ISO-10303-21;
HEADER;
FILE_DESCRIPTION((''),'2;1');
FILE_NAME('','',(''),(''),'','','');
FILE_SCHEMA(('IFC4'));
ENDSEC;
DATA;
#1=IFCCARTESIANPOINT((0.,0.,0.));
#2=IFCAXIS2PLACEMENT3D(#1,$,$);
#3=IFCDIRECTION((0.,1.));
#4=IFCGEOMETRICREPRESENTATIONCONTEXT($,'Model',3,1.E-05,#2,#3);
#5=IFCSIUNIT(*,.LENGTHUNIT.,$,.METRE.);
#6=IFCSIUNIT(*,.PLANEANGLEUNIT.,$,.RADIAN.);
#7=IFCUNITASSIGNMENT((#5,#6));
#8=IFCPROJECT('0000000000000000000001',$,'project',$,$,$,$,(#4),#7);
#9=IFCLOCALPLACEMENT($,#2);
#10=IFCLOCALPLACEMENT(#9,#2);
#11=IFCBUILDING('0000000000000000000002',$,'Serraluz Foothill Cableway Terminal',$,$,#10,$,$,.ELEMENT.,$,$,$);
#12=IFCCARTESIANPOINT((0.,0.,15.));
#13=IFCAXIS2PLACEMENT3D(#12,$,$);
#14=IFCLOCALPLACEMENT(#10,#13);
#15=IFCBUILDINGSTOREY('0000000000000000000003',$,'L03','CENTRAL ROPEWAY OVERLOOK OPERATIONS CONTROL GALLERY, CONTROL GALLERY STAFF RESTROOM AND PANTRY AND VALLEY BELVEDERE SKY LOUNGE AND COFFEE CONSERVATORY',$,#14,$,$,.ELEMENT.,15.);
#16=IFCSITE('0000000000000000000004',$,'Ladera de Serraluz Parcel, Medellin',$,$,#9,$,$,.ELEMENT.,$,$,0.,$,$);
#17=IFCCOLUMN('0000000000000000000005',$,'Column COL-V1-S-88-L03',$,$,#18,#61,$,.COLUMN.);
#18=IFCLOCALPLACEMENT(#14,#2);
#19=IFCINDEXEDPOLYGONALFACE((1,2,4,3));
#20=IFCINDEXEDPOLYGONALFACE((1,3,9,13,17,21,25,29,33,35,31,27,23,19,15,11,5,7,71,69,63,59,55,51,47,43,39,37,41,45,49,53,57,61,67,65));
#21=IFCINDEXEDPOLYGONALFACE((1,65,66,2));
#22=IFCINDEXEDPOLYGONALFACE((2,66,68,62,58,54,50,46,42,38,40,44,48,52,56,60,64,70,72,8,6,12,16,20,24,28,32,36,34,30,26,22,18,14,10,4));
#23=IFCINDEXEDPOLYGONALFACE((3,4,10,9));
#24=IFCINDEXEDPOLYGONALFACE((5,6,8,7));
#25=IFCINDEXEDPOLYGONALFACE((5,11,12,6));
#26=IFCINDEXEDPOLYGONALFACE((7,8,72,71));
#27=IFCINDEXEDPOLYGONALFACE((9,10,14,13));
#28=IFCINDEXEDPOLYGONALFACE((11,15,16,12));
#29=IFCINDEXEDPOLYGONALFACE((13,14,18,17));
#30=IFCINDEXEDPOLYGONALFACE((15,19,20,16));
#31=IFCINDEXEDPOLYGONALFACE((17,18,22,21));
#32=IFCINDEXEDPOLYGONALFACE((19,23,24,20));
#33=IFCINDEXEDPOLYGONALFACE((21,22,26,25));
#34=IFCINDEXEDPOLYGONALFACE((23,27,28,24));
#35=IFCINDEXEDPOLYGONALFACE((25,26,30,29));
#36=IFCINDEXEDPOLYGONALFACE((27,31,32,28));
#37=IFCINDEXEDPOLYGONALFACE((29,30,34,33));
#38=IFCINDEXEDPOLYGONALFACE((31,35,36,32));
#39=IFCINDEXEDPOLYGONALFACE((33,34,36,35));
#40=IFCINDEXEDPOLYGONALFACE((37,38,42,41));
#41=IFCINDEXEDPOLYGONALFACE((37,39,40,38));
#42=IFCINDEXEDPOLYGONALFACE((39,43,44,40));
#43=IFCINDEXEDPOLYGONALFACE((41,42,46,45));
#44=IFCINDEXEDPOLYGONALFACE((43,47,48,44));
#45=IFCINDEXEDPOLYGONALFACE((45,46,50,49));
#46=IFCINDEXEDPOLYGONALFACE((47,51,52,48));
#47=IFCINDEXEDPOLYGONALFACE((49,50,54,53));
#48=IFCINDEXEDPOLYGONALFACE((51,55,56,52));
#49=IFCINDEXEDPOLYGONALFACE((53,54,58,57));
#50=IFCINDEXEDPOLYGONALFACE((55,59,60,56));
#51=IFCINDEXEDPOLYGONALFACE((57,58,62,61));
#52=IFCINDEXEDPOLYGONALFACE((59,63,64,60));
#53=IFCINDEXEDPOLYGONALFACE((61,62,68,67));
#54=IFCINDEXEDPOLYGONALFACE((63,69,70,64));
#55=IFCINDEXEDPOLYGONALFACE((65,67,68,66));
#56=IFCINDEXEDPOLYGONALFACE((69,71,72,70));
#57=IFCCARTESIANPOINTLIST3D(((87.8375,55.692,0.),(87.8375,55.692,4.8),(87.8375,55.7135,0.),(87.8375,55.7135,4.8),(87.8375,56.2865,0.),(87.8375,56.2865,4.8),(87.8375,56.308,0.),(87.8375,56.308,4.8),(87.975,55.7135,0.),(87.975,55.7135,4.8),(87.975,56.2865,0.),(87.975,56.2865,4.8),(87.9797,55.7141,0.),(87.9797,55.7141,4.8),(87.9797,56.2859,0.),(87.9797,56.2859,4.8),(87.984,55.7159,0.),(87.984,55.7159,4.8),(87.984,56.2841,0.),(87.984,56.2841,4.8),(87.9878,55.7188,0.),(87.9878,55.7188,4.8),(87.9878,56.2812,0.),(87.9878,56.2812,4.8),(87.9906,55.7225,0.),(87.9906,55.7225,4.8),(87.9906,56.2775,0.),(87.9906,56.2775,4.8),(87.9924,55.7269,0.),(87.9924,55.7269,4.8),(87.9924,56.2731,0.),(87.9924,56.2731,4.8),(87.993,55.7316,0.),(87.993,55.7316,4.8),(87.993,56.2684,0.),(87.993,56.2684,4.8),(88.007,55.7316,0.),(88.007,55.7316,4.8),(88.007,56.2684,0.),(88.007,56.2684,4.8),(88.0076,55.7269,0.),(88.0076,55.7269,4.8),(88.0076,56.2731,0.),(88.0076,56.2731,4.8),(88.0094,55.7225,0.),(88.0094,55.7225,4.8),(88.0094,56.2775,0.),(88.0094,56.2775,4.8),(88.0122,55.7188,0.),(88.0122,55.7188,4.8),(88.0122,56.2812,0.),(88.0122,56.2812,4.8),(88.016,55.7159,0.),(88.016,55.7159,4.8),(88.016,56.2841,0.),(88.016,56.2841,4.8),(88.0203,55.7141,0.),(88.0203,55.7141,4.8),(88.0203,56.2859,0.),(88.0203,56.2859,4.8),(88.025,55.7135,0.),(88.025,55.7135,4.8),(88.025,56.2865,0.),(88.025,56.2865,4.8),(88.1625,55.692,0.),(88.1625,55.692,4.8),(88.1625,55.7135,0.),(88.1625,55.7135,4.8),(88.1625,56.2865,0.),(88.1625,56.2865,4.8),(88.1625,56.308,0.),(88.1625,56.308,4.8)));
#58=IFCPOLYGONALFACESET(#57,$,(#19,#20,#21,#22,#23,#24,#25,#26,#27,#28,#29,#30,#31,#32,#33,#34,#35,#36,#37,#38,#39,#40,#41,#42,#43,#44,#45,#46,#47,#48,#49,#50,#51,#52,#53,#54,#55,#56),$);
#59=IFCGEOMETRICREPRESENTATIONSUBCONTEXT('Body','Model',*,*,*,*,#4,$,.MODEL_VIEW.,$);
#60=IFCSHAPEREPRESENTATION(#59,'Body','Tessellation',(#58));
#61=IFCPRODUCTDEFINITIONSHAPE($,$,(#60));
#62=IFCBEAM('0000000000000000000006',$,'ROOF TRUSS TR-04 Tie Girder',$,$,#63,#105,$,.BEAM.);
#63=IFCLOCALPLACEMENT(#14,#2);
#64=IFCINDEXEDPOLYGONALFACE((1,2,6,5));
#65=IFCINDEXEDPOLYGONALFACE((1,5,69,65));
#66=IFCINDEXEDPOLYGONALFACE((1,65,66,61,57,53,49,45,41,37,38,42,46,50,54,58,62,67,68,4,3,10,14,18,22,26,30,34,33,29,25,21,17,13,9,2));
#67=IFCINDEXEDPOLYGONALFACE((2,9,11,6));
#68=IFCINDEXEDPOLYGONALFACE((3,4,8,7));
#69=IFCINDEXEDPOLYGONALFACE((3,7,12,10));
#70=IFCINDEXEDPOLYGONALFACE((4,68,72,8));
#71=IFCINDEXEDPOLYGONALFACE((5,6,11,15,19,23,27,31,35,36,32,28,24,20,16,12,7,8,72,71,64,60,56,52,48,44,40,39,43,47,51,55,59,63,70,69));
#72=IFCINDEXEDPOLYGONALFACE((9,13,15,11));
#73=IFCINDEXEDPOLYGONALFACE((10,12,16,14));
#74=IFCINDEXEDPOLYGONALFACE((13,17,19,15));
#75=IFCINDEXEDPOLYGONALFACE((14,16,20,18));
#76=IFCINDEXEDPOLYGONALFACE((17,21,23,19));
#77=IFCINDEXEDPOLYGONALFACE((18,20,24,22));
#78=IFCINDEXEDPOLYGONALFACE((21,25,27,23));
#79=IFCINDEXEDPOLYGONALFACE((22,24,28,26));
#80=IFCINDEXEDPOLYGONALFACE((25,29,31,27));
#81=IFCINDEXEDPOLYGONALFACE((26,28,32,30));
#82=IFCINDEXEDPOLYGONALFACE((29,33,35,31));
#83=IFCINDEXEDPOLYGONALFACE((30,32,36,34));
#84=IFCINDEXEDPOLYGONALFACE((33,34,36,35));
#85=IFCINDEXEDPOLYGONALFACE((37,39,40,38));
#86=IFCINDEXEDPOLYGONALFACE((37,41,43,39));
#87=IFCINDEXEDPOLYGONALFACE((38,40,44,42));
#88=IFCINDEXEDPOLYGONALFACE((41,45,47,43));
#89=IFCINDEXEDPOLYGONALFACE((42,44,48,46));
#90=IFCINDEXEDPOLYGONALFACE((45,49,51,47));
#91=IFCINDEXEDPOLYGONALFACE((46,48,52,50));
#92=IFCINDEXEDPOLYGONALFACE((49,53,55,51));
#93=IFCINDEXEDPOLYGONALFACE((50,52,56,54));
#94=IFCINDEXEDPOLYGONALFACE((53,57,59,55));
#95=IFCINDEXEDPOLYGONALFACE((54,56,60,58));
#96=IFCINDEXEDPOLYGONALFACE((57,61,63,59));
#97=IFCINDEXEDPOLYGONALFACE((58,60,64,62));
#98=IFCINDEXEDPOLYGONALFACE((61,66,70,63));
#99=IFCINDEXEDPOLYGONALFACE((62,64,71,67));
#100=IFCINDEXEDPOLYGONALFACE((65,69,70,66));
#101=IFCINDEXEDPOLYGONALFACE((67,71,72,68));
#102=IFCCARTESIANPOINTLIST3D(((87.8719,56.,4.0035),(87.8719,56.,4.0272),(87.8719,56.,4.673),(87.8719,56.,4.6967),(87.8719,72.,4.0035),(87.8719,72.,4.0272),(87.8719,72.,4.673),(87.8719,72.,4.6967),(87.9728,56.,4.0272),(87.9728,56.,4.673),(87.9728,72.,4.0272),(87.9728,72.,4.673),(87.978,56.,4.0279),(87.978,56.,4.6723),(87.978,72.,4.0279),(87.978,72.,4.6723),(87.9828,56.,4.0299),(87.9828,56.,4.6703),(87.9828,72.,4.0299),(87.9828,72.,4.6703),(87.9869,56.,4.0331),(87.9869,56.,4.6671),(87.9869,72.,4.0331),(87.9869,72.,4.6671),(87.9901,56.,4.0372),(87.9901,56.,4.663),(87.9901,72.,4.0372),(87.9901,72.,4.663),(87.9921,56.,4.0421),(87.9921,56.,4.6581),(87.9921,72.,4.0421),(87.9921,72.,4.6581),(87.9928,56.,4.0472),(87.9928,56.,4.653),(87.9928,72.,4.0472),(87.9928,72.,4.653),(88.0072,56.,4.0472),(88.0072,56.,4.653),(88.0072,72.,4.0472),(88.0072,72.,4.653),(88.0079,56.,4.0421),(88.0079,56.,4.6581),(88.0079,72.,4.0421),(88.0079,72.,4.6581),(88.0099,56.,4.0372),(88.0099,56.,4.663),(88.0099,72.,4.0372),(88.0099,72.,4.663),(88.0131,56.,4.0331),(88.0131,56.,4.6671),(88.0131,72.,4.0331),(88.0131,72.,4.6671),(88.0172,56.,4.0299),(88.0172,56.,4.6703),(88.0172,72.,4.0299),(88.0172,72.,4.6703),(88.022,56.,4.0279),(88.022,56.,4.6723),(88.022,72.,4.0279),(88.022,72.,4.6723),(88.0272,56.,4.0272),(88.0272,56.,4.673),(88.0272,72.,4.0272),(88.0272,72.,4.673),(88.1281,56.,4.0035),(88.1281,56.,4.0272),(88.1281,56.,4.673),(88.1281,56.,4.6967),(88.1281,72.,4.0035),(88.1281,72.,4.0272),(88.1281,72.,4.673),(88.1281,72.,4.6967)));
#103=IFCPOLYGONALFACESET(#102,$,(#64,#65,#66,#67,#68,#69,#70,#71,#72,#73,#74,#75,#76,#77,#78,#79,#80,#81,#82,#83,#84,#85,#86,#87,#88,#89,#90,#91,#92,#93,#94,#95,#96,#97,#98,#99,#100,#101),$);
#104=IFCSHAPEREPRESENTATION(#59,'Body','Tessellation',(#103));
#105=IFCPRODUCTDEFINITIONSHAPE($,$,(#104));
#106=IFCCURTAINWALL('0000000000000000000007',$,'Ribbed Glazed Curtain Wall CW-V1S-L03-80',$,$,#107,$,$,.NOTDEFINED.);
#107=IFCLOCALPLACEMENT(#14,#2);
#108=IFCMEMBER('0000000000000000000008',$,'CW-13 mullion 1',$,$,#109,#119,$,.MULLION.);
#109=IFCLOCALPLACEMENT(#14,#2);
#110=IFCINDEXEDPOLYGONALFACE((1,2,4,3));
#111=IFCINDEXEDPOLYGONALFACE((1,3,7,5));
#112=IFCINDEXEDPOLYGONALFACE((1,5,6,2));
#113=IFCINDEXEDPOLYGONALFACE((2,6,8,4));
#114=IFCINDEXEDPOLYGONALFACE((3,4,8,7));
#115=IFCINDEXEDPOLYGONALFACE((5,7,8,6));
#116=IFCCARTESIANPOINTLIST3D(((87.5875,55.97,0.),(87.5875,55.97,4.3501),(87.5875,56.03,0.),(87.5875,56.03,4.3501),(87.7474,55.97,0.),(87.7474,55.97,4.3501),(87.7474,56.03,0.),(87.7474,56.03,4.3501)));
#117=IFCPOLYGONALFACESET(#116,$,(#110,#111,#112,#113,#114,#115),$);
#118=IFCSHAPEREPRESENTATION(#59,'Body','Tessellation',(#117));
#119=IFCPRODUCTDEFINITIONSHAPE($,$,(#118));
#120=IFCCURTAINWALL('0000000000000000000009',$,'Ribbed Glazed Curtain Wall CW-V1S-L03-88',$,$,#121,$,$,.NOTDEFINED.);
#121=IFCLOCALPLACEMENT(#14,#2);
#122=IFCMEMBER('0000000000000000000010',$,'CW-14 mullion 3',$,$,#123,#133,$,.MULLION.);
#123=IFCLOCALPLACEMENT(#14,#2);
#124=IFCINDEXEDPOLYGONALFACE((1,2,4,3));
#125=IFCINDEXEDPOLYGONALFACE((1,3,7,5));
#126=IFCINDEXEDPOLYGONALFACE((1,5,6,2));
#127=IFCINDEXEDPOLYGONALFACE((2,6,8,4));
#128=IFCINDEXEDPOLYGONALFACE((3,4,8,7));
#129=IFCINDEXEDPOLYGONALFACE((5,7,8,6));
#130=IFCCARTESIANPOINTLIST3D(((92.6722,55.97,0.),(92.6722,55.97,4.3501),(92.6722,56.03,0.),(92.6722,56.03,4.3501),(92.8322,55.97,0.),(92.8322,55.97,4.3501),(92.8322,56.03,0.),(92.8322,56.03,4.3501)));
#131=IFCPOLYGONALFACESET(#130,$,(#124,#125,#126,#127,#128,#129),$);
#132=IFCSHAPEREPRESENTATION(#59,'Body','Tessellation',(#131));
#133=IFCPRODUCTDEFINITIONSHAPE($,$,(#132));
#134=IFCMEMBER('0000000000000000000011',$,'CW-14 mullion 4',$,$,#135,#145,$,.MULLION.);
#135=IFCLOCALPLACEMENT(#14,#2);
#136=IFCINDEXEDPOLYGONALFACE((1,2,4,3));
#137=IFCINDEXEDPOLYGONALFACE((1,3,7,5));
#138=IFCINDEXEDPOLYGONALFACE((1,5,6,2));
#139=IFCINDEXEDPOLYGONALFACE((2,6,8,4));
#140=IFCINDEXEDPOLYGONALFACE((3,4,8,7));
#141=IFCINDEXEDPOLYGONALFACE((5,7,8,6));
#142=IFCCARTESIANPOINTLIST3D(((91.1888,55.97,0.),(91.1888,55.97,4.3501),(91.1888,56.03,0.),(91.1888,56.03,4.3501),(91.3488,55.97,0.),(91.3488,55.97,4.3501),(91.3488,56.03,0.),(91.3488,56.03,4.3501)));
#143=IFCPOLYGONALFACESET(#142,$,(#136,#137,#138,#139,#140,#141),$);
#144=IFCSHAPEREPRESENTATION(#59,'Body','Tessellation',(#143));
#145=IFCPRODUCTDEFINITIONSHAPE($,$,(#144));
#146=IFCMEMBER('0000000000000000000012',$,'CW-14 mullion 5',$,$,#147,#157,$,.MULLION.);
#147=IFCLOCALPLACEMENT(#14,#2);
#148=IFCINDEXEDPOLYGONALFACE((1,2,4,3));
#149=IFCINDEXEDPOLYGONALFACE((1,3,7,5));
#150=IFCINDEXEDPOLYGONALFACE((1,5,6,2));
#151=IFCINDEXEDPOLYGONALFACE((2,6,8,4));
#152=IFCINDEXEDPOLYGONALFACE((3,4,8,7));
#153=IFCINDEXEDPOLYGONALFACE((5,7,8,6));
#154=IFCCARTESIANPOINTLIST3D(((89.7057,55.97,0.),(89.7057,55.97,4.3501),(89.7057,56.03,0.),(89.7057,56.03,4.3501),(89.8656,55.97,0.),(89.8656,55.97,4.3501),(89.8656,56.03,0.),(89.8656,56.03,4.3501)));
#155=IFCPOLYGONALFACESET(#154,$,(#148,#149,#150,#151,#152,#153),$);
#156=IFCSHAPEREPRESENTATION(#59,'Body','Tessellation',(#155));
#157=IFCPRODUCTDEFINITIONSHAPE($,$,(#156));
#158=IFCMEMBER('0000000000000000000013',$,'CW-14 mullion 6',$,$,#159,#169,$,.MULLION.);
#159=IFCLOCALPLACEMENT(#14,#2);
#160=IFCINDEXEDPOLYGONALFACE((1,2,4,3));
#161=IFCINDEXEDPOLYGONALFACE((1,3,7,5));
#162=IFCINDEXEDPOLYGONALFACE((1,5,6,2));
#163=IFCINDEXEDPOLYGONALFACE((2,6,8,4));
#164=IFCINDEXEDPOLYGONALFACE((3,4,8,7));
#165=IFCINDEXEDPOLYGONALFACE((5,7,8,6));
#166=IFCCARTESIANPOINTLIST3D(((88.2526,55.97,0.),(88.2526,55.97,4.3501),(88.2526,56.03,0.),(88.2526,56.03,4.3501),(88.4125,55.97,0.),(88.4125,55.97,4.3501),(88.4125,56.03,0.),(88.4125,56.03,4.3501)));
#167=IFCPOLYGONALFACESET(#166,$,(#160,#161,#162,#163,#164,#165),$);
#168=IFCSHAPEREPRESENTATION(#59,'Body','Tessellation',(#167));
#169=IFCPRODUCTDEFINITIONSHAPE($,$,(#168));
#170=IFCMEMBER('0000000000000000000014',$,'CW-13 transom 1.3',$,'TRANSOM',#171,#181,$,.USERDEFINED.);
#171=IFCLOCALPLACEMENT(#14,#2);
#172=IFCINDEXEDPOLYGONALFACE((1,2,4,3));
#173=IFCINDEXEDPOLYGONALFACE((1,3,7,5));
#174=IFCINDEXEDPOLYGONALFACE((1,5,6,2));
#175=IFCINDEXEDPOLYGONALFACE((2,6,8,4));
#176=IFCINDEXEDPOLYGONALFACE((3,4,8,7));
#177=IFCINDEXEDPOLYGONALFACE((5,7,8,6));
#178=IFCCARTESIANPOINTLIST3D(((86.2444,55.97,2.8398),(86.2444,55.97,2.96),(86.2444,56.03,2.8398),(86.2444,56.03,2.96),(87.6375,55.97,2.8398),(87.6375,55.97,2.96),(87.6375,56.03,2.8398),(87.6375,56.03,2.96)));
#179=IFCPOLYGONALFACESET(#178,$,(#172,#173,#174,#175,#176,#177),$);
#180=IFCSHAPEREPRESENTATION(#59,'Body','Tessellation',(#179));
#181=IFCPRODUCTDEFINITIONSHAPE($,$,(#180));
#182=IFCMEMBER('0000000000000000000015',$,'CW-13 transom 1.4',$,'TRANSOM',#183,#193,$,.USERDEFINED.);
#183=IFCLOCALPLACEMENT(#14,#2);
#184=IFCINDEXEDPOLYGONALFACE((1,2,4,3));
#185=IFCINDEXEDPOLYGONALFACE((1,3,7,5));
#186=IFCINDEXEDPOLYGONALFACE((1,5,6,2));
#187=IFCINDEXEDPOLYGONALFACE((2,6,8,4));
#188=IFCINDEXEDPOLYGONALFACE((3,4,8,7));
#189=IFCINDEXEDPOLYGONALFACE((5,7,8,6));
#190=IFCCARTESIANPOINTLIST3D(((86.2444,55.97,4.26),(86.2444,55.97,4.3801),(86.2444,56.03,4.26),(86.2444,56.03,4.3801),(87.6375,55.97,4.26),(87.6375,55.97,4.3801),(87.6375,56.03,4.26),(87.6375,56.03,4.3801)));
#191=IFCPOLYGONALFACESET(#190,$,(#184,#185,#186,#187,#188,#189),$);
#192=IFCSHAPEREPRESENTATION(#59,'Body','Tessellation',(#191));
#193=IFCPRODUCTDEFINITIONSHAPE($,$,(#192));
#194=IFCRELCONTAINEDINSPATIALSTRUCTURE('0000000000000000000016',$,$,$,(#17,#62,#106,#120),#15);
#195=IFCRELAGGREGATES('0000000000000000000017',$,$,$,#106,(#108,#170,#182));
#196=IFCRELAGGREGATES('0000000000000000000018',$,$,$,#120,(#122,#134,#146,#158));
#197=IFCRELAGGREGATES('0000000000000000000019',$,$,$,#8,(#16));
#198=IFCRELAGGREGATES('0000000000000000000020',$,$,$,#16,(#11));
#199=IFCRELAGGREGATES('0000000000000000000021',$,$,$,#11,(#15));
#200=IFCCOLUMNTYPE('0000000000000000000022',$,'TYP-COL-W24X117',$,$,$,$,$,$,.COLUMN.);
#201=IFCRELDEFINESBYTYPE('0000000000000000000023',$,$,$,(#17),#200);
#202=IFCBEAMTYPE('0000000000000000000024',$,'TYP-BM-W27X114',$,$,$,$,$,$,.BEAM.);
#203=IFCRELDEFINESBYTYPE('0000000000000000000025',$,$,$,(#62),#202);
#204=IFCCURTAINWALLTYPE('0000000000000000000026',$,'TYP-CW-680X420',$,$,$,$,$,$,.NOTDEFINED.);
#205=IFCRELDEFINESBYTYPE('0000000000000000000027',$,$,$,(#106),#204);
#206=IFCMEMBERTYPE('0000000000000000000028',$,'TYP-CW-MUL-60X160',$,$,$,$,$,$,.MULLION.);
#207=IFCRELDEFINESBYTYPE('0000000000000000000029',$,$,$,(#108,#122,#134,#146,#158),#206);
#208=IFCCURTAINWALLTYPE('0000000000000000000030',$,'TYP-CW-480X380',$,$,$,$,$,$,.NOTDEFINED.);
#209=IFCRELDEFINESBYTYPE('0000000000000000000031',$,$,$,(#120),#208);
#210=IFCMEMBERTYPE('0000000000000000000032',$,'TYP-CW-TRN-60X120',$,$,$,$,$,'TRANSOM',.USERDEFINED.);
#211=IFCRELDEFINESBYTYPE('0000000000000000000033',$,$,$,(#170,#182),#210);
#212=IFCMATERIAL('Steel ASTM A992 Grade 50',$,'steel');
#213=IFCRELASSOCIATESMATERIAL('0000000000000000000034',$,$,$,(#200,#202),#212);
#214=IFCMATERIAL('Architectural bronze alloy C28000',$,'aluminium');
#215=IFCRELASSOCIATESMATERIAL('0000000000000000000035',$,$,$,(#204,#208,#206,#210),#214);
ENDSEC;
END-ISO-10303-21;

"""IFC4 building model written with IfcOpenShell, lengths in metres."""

from ifc_helpers import new_model, si_unit, direction, frame, origin, origin_2d, place, context, subcontext, project, spatial, rectangle, i_section, extrude, material, material_profile, profile_set, type_object, element, aggregate, save


model = new_model("IFC4")

# Units and contexts
model_context = context("Model", 3, precision=1e-05, world=origin(), true_north=direction((0.0, 1.0)))
body_context = subcontext(model_context, "Body", "Model", "MODEL_VIEW")
ifc_project = project(units=[si_unit("LENGTHUNIT", "METRE"), si_unit("PLANEANGLEUNIT", "RADIAN")], contexts=[model_context])

# Site, building, storey
site_placement = place(None, origin())
site = spatial("IfcSite", under=ifc_project, at=site_placement, Name="Ladera de Serraluz Parcel, Medellin", CompositionType="ELEMENT", RefElevation=0.0)
building_placement = place(site_placement, origin())
building = spatial("IfcBuilding", under=site, at=building_placement, Name="Serraluz Foothill Cableway Terminal", CompositionType="ELEMENT")
storey_placement = place(building_placement, frame((0.0, 0.0, 15.0)))
storey = spatial("IfcBuildingStorey", under=building, at=storey_placement, Name="L03", Description="CENTRAL ROPEWAY OVERLOOK OPERATIONS CONTROL GALLERY, CONTROL GALLERY STAFF RESTROOM AND PANTRY AND VALLEY BELVEDERE SKY LOUNGE AND COFFEE CONSERVATORY", CompositionType="ELEMENT", Elevation=15.0)

# Column
ifc_material_1 = material(Name="Steel ASTM A992 Grade 50", Category="steel")
ifc_material_profile_1 = material_profile(ifc_material_1, i_section(OverallWidth=0.325, OverallDepth=0.616, WebThickness=0.0139, FlangeThickness=0.0215, FilletRadius=0.0181, at=origin_2d()), Name="W24X117")
ifc_profile_set_1 = profile_set([ifc_material_profile_1], Name="Steel ASTM A992 Grade 50")
column_type = type_object("IfcColumnType", Name="TYP-COL-W24X117", PredefinedType="COLUMN", material=ifc_profile_set_1)
column_placement = place(storey_placement, frame((88.0, 56.0, 0.0), z_axis=(0.0, 0.0, 1.0), x_axis=(1.0, 0.0, 0.0)))
element("IfcColumn", 1, at=column_placement, inside=storey, type_object=column_type, Name="Column COL-V1-S-88-L03", PredefinedType="COLUMN", context=body_context, shape_type="SweptSolid", body=[
    extrude(i_section(OverallWidth=0.325, OverallDepth=0.616, WebThickness=0.0139, FlangeThickness=0.0215, FilletRadius=0.0181, at=origin_2d()), origin(), (0.0, 0.0, 1.0), 4.8),
])

# Beam
ifc_material_profile_2 = material_profile(ifc_material_1, i_section(OverallWidth=0.2561, OverallDepth=0.6931, WebThickness=0.0144, FlangeThickness=0.0237, FilletRadius=0.02, at=origin_2d()), Name="W27X114")
ifc_profile_set_2 = profile_set([ifc_material_profile_2], Name="Steel ASTM A992 Grade 50")
beam_type_1 = type_object("IfcBeamType", Name="TYP-BM-W27X114", PredefinedType="BEAM", material=ifc_profile_set_2)
beam_1_placement = place(storey_placement, frame((88.0, 56.0, 4.3501), z_axis=(0.0, 1.0, 0.0), x_axis=(-1.0, 0.0, 0.0)))
element("IfcBeam", 2, at=beam_1_placement, inside=storey, type_object=beam_type_1, Name="ROOF TRUSS TR-04 Tie Girder", PredefinedType="BEAM", context=body_context, shape_type="SweptSolid", body=[
    extrude(i_section(OverallWidth=0.2561, OverallDepth=0.6931, WebThickness=0.0144, FlangeThickness=0.0237, FilletRadius=0.02, at=origin_2d()), origin(), (0.0, 0.0, 1.0), 16.0),
])

# Curtain wall, member
ifc_material_2 = material(Name="Architectural bronze alloy C28000", Category="aluminium")
curtain_wall_type_1 = type_object("IfcCurtainWallType", Name="TYP-CW-680X420", PredefinedType="NOTDEFINED", material=ifc_material_2)
curtain_wall_1_placement = place(storey_placement, origin())
curtain_wall_1 = element("IfcCurtainWall", 3, at=curtain_wall_1_placement, inside=storey, type_object=curtain_wall_type_1, Name="Ribbed Glazed Curtain Wall CW-V1S-L03-80", PredefinedType="NOTDEFINED")
ifc_material_profile_3 = material_profile(ifc_material_2, rectangle(XDim=0.0601, YDim=0.1599, at=origin_2d()), Name="ALU MULLION 60x160")
ifc_profile_set_3 = profile_set([ifc_material_profile_3], Name="Architectural bronze alloy C28000")
member_type_1 = type_object("IfcMemberType", Name="TYP-CW-MUL-60X160", PredefinedType="MULLION", material=ifc_profile_set_3)
member_1_placement = place(storey_placement, frame((87.6675, 56.0, 0.0), z_axis=(0.0, 0.0, 1.0), x_axis=(0.0, -1.0, 0.0)))
member_1 = element("IfcMember", 4, at=member_1_placement, type_object=member_type_1, Name="CW-13 mullion 1", PredefinedType="MULLION", context=body_context, shape_type="SweptSolid", body=[
    extrude(rectangle(XDim=0.0601, YDim=0.1599, at=origin_2d()), origin(), (0.0, 0.0, 1.0), 4.3501),
])

# Curtain wall, members
curtain_wall_type_2 = type_object("IfcCurtainWallType", Name="TYP-CW-480X380", PredefinedType="NOTDEFINED", material=ifc_material_2)
curtain_wall_2_placement = place(storey_placement, origin())
curtain_wall_2 = element("IfcCurtainWall", 5, at=curtain_wall_2_placement, inside=storey, type_object=curtain_wall_type_2, Name="Ribbed Glazed Curtain Wall CW-V1S-L03-88", PredefinedType="NOTDEFINED")
member_2_placement = place(storey_placement, frame((92.7522, 56.0, 0.0), z_axis=(0.0, 0.0, 1.0), x_axis=(0.0, -1.0, 0.0)))
member_2 = element("IfcMember", 6, at=member_2_placement, type_object=member_type_1, Name="CW-14 mullion 3", PredefinedType="MULLION", context=body_context, shape_type="SweptSolid", body=[
    extrude(rectangle(XDim=0.0601, YDim=0.1599, at=origin_2d()), origin(), (0.0, 0.0, 1.0), 4.3501),
])
member_3_placement = place(storey_placement, frame((91.2688, 56.0, 0.0), z_axis=(0.0, 0.0, 1.0), x_axis=(0.0, -1.0, 0.0)))
member_3 = element("IfcMember", 7, at=member_3_placement, type_object=member_type_1, Name="CW-14 mullion 4", PredefinedType="MULLION", context=body_context, shape_type="SweptSolid", body=[
    extrude(rectangle(XDim=0.0601, YDim=0.1599, at=origin_2d()), origin(), (0.0, 0.0, 1.0), 4.3501),
])
member_4_placement = place(storey_placement, frame((89.7856, 56.0, 0.0), z_axis=(0.0, 0.0, 1.0), x_axis=(0.0, -1.0, 0.0)))
member_4 = element("IfcMember", 8, at=member_4_placement, type_object=member_type_1, Name="CW-14 mullion 5", PredefinedType="MULLION", context=body_context, shape_type="SweptSolid", body=[
    extrude(rectangle(XDim=0.0601, YDim=0.1599, at=origin_2d()), origin(), (0.0, 0.0, 1.0), 4.3501),
])
member_5_placement = place(storey_placement, frame((88.3325, 56.0, 0.0), z_axis=(0.0, 0.0, 1.0), x_axis=(0.0, -1.0, 0.0)))
member_5 = element("IfcMember", 9, at=member_5_placement, type_object=member_type_1, Name="CW-14 mullion 6", PredefinedType="MULLION", context=body_context, shape_type="SweptSolid", body=[
    extrude(rectangle(XDim=0.0601, YDim=0.1599, at=origin_2d()), origin(), (0.0, 0.0, 1.0), 4.3501),
])

# Members
ifc_material_profile_4 = material_profile(ifc_material_2, rectangle(XDim=0.0601, YDim=0.1201, at=origin_2d()), Name="ALU TRANSOM 60x120")
ifc_profile_set_4 = profile_set([ifc_material_profile_4], Name="Architectural bronze alloy C28000")
member_type_2 = type_object("IfcMemberType", Name="TYP-CW-TRN-60X120", ElementType="TRANSOM", PredefinedType="USERDEFINED", material=ifc_profile_set_4)
member_6_placement = place(storey_placement, frame((87.6375, 56.0, 2.8999), z_axis=(-1.0, 0.0, 0.0), x_axis=(0.0, -1.0, 0.0)))
member_6 = element("IfcMember", 10, at=member_6_placement, type_object=member_type_2, Name="CW-13 transom 1.3", ObjectType="TRANSOM", PredefinedType="USERDEFINED", context=body_context, shape_type="SweptSolid", body=[
    extrude(rectangle(XDim=0.0601, YDim=0.1201, at=origin_2d()), origin(), (0.0, 0.0, 1.0), 1.3931),
])
member_7_placement = place(storey_placement, frame((87.6375, 56.0, 4.3201), z_axis=(-1.0, 0.0, 0.0), x_axis=(0.0, -1.0, 0.0)))
member_7 = element("IfcMember", 11, at=member_7_placement, type_object=member_type_2, Name="CW-13 transom 1.4", ObjectType="TRANSOM", PredefinedType="USERDEFINED", context=body_context, shape_type="SweptSolid", body=[
    extrude(rectangle(XDim=0.0601, YDim=0.1201, at=origin_2d()), origin(), (0.0, 0.0, 1.0), 1.3931),
])
aggregate(curtain_wall_1, [member_1, member_6, member_7])

aggregate(curtain_wall_2, [member_2, member_3, member_4, member_5])

save(model, "model.ifc")
